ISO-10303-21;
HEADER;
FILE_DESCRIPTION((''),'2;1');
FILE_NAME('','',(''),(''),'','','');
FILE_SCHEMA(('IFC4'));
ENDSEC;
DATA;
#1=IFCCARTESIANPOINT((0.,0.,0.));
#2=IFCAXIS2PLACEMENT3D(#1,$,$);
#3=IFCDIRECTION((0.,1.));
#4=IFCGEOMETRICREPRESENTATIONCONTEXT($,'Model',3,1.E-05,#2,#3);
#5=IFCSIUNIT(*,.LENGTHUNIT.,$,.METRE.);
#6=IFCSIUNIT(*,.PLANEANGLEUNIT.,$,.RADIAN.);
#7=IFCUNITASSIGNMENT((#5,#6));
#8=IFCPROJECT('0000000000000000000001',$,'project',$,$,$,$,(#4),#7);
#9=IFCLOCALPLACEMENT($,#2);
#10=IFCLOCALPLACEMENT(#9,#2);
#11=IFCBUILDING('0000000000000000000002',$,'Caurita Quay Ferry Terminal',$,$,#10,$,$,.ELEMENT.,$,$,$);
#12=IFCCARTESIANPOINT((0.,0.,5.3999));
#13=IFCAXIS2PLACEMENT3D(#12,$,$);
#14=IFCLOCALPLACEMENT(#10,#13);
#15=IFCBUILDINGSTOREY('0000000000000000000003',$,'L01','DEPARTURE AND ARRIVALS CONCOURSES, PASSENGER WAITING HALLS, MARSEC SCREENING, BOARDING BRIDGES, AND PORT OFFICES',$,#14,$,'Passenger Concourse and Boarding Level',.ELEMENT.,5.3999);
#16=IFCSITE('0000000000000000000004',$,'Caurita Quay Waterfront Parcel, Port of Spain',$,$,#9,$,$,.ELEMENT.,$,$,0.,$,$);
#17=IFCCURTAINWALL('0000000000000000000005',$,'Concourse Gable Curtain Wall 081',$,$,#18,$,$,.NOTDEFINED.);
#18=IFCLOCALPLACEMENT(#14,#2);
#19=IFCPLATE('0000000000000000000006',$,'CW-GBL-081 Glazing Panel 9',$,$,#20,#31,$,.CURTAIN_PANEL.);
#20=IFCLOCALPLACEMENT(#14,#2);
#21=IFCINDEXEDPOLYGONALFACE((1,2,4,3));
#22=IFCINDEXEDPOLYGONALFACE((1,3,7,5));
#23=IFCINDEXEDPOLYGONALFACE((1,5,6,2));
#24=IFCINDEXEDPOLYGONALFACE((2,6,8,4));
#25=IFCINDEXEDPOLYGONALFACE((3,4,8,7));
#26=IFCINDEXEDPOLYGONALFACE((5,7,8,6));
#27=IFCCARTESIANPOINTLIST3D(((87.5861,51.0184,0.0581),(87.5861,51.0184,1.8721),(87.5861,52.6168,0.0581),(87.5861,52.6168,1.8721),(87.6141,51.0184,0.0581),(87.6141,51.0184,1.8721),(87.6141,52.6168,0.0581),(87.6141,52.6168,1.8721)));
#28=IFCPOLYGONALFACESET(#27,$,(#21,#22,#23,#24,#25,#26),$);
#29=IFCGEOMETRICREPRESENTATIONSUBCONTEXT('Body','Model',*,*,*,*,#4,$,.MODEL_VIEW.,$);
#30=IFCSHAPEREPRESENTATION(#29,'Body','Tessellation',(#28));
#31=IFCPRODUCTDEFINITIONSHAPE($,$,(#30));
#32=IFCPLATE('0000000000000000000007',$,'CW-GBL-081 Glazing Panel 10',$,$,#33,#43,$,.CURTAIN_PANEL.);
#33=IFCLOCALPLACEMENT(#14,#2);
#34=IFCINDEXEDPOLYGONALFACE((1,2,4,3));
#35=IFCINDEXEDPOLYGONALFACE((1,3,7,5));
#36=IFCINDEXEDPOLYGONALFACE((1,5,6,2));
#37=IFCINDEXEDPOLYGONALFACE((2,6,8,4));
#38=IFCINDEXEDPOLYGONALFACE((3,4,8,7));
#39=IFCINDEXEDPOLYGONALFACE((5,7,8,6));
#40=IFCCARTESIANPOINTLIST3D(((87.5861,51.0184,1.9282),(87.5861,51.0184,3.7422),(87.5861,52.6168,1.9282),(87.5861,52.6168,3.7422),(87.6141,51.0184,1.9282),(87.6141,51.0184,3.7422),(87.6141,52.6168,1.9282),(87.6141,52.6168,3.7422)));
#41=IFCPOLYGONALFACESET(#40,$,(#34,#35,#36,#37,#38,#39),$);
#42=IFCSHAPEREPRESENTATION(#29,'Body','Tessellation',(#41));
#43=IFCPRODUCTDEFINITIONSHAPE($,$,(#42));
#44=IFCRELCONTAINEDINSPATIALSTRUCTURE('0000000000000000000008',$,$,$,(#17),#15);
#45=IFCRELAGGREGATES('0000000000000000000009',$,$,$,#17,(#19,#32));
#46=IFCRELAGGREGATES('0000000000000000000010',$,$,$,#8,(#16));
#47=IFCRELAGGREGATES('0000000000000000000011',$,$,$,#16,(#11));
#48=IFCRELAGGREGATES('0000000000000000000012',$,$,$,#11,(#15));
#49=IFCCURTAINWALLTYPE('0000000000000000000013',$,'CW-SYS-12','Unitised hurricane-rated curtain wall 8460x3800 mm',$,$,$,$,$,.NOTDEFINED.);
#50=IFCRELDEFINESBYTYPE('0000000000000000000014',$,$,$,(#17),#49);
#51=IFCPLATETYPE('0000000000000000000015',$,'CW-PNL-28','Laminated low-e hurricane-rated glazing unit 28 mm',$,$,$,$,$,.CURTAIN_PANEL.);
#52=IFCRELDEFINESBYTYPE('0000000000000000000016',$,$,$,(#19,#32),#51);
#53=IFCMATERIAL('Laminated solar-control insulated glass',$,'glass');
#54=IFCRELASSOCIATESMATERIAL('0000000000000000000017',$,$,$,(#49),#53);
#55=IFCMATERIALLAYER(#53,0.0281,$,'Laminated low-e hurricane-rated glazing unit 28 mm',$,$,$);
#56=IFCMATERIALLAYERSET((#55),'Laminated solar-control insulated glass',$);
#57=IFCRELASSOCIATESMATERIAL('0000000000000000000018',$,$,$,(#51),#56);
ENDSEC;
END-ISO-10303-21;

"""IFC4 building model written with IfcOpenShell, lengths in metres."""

from ifc_helpers import new_model, si_unit, direction, frame, origin, origin_2d, place, context, subcontext, project, spatial, rectangle, extrude, material, layer, layer_set, type_object, element, aggregate, save


model = new_model("IFC4")

# Units and contexts
model_context = context("Model", 3, precision=1e-05, world=origin(), true_north=direction((0.0, 1.0)))
body_context = subcontext(model_context, "Body", "Model", "MODEL_VIEW")
ifc_project = project(units=[si_unit("LENGTHUNIT", "METRE"), si_unit("PLANEANGLEUNIT", "RADIAN")], contexts=[model_context])

# Site, building, storey
site_placement = place(None, origin())
site = spatial("IfcSite", under=ifc_project, at=site_placement, Name="Caurita Quay Waterfront Parcel, Port of Spain", CompositionType="ELEMENT", RefElevation=0.0)
building_placement = place(site_placement, origin())
building = spatial("IfcBuilding", under=site, at=building_placement, Name="Caurita Quay Ferry Terminal", CompositionType="ELEMENT")
storey_placement = place(building_placement, frame((0.0, 0.0, 5.3999)))
storey = spatial("IfcBuildingStorey", under=building, at=storey_placement, Name="L01", Description="DEPARTURE AND ARRIVALS CONCOURSES, PASSENGER WAITING HALLS, MARSEC SCREENING, BOARDING BRIDGES, AND PORT OFFICES", LongName="Passenger Concourse and Boarding Level", CompositionType="ELEMENT", Elevation=5.3999)

# Curtain wall, plates
ifc_material_1 = material(Name="Laminated solar-control insulated glass", Category="glass")
curtain_wall_type = type_object("IfcCurtainWallType", Name="CW-SYS-12", Description="Unitised hurricane-rated curtain wall 8460x3800 mm", PredefinedType="NOTDEFINED", material=ifc_material_1)
curtain_wall_placement = place(storey_placement, origin())
curtain_wall = element("IfcCurtainWall", 1, at=curtain_wall_placement, inside=storey, type_object=curtain_wall_type, Name="Concourse Gable Curtain Wall 081", PredefinedType="NOTDEFINED")
ifc_layer = layer(ifc_material_1, 0.0281, Name="Laminated low-e hurricane-rated glazing unit 28 mm")
ifc_layer_set = layer_set([ifc_layer], Name="Laminated solar-control insulated glass")
plate_type = type_object("IfcPlateType", Name="CW-PNL-28", Description="Laminated low-e hurricane-rated glazing unit 28 mm", PredefinedType="CURTAIN_PANEL", material=ifc_layer_set)
plate_1_placement = place(storey_placement, frame((87.6001, 51.8176, 0.0581), z_axis=(0.0, 0.0, 1.0), x_axis=(0.0, 1.0, 0.0)))
plate_1 = element("IfcPlate", 2, at=plate_1_placement, type_object=plate_type, Name="CW-GBL-081 Glazing Panel 9", PredefinedType="CURTAIN_PANEL", context=body_context, shape_type="SweptSolid", body=[
    extrude(rectangle(XDim=1.5984, YDim=0.0281, at=origin_2d()), origin(), (0.0, 0.0, 1.0), 1.814),
])
plate_2_placement = place(storey_placement, frame((87.6001, 51.8176, 1.9282), z_axis=(0.0, 0.0, 1.0), x_axis=(0.0, 1.0, 0.0)))
plate_2 = element("IfcPlate", 3, at=plate_2_placement, type_object=plate_type, Name="CW-GBL-081 Glazing Panel 10", PredefinedType="CURTAIN_PANEL", context=body_context, shape_type="SweptSolid", body=[
    extrude(rectangle(XDim=1.5984, YDim=0.0281, at=origin_2d()), origin(), (0.0, 0.0, 1.0), 1.814),
])
aggregate(curtain_wall, [plate_1, plate_2])

save(model, "model.ifc")
